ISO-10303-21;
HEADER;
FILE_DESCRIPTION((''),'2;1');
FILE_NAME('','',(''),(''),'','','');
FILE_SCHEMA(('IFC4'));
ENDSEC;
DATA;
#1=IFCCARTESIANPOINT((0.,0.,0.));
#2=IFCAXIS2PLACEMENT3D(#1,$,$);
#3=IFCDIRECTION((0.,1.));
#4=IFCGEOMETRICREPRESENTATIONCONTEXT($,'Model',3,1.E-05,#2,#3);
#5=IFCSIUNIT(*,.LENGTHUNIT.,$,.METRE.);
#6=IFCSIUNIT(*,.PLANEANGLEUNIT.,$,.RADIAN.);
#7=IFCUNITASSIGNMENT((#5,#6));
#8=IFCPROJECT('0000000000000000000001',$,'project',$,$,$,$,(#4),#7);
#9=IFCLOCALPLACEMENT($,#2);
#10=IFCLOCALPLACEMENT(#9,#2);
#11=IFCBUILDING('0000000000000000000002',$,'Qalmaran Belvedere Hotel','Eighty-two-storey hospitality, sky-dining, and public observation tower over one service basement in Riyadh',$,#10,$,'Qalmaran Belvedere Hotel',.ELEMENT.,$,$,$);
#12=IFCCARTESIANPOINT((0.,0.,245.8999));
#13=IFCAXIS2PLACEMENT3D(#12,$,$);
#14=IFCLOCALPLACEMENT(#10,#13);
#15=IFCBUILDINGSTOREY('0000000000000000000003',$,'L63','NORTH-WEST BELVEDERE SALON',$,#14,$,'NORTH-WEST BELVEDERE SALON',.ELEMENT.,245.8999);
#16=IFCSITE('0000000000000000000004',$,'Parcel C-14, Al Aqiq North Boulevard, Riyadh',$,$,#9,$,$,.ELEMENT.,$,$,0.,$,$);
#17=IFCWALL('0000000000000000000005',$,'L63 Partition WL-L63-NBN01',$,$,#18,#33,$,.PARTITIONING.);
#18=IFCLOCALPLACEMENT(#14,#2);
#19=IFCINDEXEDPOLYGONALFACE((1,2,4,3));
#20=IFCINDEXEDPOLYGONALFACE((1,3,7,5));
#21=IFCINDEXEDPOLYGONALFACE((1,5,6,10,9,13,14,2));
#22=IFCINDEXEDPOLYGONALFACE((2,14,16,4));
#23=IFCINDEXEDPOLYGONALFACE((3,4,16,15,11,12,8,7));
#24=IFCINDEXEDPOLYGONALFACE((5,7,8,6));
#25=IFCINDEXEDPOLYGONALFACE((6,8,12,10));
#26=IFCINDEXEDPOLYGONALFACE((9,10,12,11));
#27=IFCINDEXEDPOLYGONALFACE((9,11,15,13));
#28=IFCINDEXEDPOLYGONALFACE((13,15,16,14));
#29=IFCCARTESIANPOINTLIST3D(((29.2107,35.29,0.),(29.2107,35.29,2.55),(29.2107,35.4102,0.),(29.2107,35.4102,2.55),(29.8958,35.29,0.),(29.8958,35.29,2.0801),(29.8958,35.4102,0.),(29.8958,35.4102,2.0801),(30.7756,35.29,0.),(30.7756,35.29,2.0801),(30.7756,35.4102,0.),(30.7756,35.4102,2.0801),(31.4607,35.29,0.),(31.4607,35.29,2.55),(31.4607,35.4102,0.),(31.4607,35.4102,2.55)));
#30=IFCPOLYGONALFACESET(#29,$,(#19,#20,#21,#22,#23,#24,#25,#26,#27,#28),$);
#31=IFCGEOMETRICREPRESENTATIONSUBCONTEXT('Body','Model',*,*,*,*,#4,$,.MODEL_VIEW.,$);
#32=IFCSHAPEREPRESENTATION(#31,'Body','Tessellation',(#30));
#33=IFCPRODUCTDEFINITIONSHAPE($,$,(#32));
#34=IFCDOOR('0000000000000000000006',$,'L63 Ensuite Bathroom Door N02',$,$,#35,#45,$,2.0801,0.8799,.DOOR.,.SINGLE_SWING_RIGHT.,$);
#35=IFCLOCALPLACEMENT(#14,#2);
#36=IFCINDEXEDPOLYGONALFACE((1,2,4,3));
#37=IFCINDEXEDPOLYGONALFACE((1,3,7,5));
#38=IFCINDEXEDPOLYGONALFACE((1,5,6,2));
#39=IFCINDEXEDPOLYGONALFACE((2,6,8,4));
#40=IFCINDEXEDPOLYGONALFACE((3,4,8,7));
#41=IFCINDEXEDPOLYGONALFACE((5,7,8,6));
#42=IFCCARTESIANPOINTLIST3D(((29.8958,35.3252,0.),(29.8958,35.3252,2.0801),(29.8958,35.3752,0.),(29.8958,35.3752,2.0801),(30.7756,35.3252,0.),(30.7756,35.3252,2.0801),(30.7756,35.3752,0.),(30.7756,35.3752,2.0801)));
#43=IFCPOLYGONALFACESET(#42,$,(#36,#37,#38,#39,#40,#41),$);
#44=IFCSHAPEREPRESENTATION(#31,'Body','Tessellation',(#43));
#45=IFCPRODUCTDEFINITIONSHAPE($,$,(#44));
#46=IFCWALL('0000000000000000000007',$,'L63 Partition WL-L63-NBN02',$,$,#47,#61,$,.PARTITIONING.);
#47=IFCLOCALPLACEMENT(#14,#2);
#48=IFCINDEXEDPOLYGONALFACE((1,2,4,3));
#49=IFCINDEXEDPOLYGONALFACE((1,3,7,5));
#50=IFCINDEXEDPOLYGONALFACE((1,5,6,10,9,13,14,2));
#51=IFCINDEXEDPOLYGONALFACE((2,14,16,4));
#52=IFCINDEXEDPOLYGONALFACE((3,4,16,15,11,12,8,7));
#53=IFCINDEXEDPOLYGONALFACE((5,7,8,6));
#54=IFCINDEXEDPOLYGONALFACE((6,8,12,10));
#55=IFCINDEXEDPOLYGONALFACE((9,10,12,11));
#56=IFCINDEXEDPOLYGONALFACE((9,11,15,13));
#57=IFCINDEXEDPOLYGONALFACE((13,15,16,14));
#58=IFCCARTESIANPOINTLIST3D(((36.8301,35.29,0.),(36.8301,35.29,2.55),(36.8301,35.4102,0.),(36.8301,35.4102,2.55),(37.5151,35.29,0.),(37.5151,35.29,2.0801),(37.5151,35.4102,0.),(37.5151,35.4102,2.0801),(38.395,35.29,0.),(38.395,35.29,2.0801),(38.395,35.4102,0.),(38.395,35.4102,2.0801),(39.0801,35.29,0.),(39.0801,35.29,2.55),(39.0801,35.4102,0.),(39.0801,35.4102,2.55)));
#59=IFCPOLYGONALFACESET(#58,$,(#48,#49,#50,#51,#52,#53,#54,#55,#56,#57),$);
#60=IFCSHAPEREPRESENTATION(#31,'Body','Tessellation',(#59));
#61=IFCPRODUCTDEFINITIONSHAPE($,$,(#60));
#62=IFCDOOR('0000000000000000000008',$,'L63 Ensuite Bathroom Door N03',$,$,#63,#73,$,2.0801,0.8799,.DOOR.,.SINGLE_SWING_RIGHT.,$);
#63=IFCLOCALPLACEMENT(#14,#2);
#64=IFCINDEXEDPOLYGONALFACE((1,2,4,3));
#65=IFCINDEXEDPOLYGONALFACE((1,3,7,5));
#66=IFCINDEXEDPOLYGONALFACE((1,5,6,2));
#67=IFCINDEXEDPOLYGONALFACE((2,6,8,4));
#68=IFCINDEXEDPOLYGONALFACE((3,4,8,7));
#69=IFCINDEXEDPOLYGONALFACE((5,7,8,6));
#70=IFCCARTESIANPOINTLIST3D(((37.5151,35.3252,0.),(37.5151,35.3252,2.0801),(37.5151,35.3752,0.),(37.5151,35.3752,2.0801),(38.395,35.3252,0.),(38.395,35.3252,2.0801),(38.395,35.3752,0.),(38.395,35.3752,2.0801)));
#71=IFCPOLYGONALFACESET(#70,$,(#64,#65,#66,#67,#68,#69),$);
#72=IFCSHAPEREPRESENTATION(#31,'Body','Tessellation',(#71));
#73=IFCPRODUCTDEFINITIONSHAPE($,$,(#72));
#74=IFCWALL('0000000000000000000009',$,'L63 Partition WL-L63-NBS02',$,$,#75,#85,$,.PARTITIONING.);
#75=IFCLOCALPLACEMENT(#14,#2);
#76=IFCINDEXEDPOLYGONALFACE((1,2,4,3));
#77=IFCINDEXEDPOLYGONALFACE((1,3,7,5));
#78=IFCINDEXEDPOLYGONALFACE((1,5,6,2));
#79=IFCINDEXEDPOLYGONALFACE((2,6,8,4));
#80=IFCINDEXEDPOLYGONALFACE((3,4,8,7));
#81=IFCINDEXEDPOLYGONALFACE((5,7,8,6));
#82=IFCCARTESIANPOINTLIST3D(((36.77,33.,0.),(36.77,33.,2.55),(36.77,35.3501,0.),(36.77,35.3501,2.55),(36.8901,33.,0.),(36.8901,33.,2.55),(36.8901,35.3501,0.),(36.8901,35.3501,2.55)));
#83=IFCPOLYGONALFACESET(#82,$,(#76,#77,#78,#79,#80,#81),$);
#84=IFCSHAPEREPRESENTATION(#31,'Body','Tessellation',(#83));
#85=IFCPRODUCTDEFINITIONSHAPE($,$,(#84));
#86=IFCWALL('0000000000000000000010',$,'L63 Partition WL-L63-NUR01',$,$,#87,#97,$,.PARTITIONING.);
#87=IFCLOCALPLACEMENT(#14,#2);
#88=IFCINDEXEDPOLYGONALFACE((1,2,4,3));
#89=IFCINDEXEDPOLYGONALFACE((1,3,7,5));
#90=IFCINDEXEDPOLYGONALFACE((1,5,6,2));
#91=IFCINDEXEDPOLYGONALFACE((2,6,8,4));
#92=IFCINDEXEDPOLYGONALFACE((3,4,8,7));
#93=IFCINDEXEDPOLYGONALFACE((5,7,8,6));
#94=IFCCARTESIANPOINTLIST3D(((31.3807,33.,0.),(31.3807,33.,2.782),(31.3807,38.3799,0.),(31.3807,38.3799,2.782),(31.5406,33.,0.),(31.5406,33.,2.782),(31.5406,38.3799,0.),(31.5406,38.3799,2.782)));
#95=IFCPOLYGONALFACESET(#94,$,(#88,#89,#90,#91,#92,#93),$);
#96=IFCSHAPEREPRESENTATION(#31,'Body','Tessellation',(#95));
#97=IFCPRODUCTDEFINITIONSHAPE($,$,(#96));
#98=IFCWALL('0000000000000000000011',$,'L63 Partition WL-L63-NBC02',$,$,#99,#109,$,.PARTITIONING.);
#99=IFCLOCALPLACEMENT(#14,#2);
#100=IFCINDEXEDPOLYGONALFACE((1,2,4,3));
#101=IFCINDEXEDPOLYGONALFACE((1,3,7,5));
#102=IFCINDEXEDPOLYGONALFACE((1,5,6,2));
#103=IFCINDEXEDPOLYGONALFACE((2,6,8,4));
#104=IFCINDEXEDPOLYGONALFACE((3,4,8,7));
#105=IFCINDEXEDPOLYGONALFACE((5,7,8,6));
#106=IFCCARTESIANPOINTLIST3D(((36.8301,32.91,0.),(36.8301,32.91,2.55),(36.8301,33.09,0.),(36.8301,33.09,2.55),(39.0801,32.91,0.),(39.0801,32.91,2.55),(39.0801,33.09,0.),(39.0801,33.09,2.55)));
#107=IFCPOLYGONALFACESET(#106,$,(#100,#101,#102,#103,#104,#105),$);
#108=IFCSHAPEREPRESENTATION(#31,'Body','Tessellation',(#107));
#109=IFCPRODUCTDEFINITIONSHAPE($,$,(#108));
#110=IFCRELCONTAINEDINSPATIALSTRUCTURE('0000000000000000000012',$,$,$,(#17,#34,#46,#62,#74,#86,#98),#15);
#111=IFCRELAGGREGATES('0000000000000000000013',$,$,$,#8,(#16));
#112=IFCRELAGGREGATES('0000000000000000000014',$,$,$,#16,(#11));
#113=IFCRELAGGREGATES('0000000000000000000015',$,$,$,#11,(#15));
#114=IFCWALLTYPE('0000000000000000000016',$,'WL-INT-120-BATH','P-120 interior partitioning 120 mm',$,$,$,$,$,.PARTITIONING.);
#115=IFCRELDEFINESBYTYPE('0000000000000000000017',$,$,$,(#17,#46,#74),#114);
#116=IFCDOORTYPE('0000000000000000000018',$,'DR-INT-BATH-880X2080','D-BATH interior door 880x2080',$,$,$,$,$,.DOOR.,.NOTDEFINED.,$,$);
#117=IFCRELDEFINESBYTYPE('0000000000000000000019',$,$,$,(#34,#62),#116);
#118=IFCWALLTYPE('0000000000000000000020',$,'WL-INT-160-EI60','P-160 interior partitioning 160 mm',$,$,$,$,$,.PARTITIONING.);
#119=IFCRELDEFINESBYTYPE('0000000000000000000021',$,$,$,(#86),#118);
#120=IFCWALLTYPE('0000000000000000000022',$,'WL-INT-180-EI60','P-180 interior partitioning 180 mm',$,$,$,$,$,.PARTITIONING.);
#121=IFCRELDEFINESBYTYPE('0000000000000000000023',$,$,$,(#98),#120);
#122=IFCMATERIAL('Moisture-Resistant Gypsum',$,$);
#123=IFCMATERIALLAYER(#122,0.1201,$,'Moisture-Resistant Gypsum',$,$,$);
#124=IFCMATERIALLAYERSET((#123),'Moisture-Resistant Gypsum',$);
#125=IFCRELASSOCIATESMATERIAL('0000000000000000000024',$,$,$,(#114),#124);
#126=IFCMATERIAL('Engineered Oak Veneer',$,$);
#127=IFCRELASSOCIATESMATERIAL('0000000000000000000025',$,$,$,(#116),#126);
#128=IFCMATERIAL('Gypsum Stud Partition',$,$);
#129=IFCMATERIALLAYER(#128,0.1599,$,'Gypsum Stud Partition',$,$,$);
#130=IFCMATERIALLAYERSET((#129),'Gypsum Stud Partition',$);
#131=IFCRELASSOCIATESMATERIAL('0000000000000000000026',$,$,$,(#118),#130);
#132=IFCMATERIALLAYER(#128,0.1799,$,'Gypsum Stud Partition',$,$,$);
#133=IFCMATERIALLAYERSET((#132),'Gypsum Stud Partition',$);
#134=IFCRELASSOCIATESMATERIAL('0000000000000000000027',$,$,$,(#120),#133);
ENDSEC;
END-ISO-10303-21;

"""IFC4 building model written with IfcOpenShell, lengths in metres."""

from ifc_helpers import new_model, si_unit, direction, frame, frame_2d, origin, place, context, subcontext, project, spatial, rectangle, extrude, material, layer, layer_set, type_object, element, fill, save


model = new_model("IFC4")

# Units and contexts
model_context = context("Model", 3, precision=1e-05, world=origin(), true_north=direction((0.0, 1.0)))
body_context = subcontext(model_context, "Body", "Model", "MODEL_VIEW")
ifc_project = project(units=[si_unit("LENGTHUNIT", "METRE"), si_unit("PLANEANGLEUNIT", "RADIAN")], contexts=[model_context])

# Site, building, storey
site_placement = place(None, origin())
site = spatial("IfcSite", under=ifc_project, at=site_placement, Name="Parcel C-14, Al Aqiq North Boulevard, Riyadh", CompositionType="ELEMENT", RefElevation=0.0)
building_placement = place(site_placement, origin())
building = spatial("IfcBuilding", under=site, at=building_placement, Name="Qalmaran Belvedere Hotel", Description="Eighty-two-storey hospitality, sky-dining, and public observation tower over one service basement in Riyadh", LongName="Qalmaran Belvedere Hotel", CompositionType="ELEMENT")
storey_placement = place(building_placement, frame((0.0, 0.0, 245.8999)))
storey = spatial("IfcBuildingStorey", under=building, at=storey_placement, Name="L63", Description="NORTH-WEST BELVEDERE SALON", LongName="NORTH-WEST BELVEDERE SALON", CompositionType="ELEMENT", Elevation=245.8999)

# Walls, openings, doors
ifc_material_1 = material(Name="Moisture-Resistant Gypsum")
ifc_layer_1 = layer(ifc_material_1, 0.1201, Name="Moisture-Resistant Gypsum")
ifc_layer_set_1 = layer_set([ifc_layer_1], Name="Moisture-Resistant Gypsum")
wall_type_1 = type_object("IfcWallType", Name="WL-INT-120-BATH", Description="P-120 interior partitioning 120 mm", PredefinedType="PARTITIONING", material=ifc_layer_set_1)
wall_1_placement = place(storey_placement, frame((29.2107, 35.3501, 0.0), z_axis=(0.0, 0.0, 1.0), x_axis=(1.0, 0.0, 0.0)))
wall_1 = element("IfcWall", 1, at=wall_1_placement, inside=storey, type_object=wall_type_1, Name="L63 Partition WL-L63-NBN01", PredefinedType="PARTITIONING", context=body_context, shape_type="SweptSolid", body=[
    extrude(rectangle(XDim=2.25, YDim=0.1201, at=frame_2d((1.125, 0.0))), origin(), (0.0, 0.0, 1.0), 2.55),
])
opening_1_placement = place(wall_1_placement, frame((1.5649, 0.0, 0.0), z_axis=(0.0, 0.0, 1.0), x_axis=(-1.0, 0.0, 0.0)))
opening_1 = element("IfcOpeningElement", 2, at=opening_1_placement, cuts=wall_1, PredefinedType="OPENING", context=body_context, shape_type="SweptSolid", body=[
    extrude(rectangle(XDim=0.8799, YDim=2.0801, at=frame_2d((0.4399, 1.04))), frame((0.0, 0.0701, 0.0), z_axis=(0.0, -1.0, 0.0), x_axis=(1.0, 0.0, 0.0)), (0.0, 0.0, 1.0), 0.1401),
])
ifc_material_2 = material(Name="Engineered Oak Veneer")
door_type_1 = type_object("IfcDoorType", Name="DR-INT-BATH-880X2080", Description="D-BATH interior door 880x2080", OperationType="NOTDEFINED", PredefinedType="DOOR", material=ifc_material_2)
door_1_placement = place(opening_1_placement, origin())
door_1 = element("IfcDoor", 3, at=door_1_placement, inside=storey, type_object=door_type_1, Name="L63 Ensuite Bathroom Door N02", OperationType="SINGLE_SWING_RIGHT", OverallHeight=2.0801, OverallWidth=0.8799, PredefinedType="DOOR", context=body_context, shape_type="SweptSolid", body=[
    extrude(rectangle(XDim=0.8799, YDim=2.0801, at=frame_2d((0.4399, 1.04))), frame((0.0, 0.0249, 0.0), z_axis=(0.0, -1.0, 0.0), x_axis=(1.0, 0.0, 0.0)), (0.0, 0.0, 1.0), 0.05),
])
fill(opening_1, door_1)
wall_2_placement = place(storey_placement, frame((36.8301, 35.3501, 0.0), z_axis=(0.0, 0.0, 1.0), x_axis=(1.0, 0.0, 0.0)))
wall_2 = element("IfcWall", 4, at=wall_2_placement, inside=storey, type_object=wall_type_1, Name="L63 Partition WL-L63-NBN02", PredefinedType="PARTITIONING", context=body_context, shape_type="SweptSolid", body=[
    extrude(rectangle(XDim=2.25, YDim=0.1201, at=frame_2d((1.125, 0.0))), origin(), (0.0, 0.0, 1.0), 2.55),
])
opening_2_placement = place(wall_2_placement, frame((1.5649, 0.0, 0.0), z_axis=(0.0, 0.0, 1.0), x_axis=(-1.0, 0.0, 0.0)))
opening_2 = element("IfcOpeningElement", 5, at=opening_2_placement, cuts=wall_2, PredefinedType="OPENING", context=body_context, shape_type="SweptSolid", body=[
    extrude(rectangle(XDim=0.8799, YDim=2.0801, at=frame_2d((0.4399, 1.04))), frame((0.0, 0.0701, 0.0), z_axis=(0.0, -1.0, 0.0), x_axis=(1.0, 0.0, 0.0)), (0.0, 0.0, 1.0), 0.1401),
])
door_2_placement = place(opening_2_placement, origin())
door_2 = element("IfcDoor", 6, at=door_2_placement, inside=storey, type_object=door_type_1, Name="L63 Ensuite Bathroom Door N03", OperationType="SINGLE_SWING_RIGHT", OverallHeight=2.0801, OverallWidth=0.8799, PredefinedType="DOOR", context=body_context, shape_type="SweptSolid", body=[
    extrude(rectangle(XDim=0.8799, YDim=2.0801, at=frame_2d((0.4399, 1.04))), frame((0.0, 0.0249, 0.0), z_axis=(0.0, -1.0, 0.0), x_axis=(1.0, 0.0, 0.0)), (0.0, 0.0, 1.0), 0.05),
])
fill(opening_2, door_2)

# Walls
wall_3_placement = place(storey_placement, frame((36.8301, 33.0, 0.0), z_axis=(0.0, 0.0, 1.0), x_axis=(0.0, 1.0, 0.0)))
element("IfcWall", 7, at=wall_3_placement, inside=storey, type_object=wall_type_1, Name="L63 Partition WL-L63-NBS02", PredefinedType="PARTITIONING", context=body_context, shape_type="SweptSolid", body=[
    extrude(rectangle(XDim=2.3501, YDim=0.1201, at=frame_2d((1.175, 0.0))), origin(), (0.0, 0.0, 1.0), 2.55),
])
ifc_material_3 = material(Name="Gypsum Stud Partition")
ifc_layer_2 = layer(ifc_material_3, 0.1599, Name="Gypsum Stud Partition")
ifc_layer_set_2 = layer_set([ifc_layer_2], Name="Gypsum Stud Partition")
wall_type_2 = type_object("IfcWallType", Name="WL-INT-160-EI60", Description="P-160 interior partitioning 160 mm", PredefinedType="PARTITIONING", material=ifc_layer_set_2)
wall_4_placement = place(storey_placement, frame((31.4607, 33.0, 0.0), z_axis=(0.0, 0.0, 1.0), x_axis=(0.0, 1.0, 0.0)))
element("IfcWall", 8, at=wall_4_placement, inside=storey, type_object=wall_type_2, Name="L63 Partition WL-L63-NUR01", PredefinedType="PARTITIONING", context=body_context, shape_type="SweptSolid", body=[
    extrude(rectangle(XDim=5.3799, YDim=0.1599, at=frame_2d((2.6899, 0.0))), origin(), (0.0, 0.0, 1.0), 2.782),
])
ifc_layer_3 = layer(ifc_material_3, 0.1799, Name="Gypsum Stud Partition")
ifc_layer_set_3 = layer_set([ifc_layer_3], Name="Gypsum Stud Partition")
wall_type_3 = type_object("IfcWallType", Name="WL-INT-180-EI60", Description="P-180 interior partitioning 180 mm", PredefinedType="PARTITIONING", material=ifc_layer_set_3)
wall_5_placement = place(storey_placement, frame((36.8301, 33.0, 0.0), z_axis=(0.0, 0.0, 1.0), x_axis=(1.0, 0.0, 0.0)))
element("IfcWall", 9, at=wall_5_placement, inside=storey, type_object=wall_type_3, Name="L63 Partition WL-L63-NBC02", PredefinedType="PARTITIONING", context=body_context, shape_type="SweptSolid", body=[
    extrude(rectangle(XDim=2.25, YDim=0.1799, at=frame_2d((1.125, 0.0))), origin(), (0.0, 0.0, 1.0), 2.55),
])

save(model, "model.ifc")
